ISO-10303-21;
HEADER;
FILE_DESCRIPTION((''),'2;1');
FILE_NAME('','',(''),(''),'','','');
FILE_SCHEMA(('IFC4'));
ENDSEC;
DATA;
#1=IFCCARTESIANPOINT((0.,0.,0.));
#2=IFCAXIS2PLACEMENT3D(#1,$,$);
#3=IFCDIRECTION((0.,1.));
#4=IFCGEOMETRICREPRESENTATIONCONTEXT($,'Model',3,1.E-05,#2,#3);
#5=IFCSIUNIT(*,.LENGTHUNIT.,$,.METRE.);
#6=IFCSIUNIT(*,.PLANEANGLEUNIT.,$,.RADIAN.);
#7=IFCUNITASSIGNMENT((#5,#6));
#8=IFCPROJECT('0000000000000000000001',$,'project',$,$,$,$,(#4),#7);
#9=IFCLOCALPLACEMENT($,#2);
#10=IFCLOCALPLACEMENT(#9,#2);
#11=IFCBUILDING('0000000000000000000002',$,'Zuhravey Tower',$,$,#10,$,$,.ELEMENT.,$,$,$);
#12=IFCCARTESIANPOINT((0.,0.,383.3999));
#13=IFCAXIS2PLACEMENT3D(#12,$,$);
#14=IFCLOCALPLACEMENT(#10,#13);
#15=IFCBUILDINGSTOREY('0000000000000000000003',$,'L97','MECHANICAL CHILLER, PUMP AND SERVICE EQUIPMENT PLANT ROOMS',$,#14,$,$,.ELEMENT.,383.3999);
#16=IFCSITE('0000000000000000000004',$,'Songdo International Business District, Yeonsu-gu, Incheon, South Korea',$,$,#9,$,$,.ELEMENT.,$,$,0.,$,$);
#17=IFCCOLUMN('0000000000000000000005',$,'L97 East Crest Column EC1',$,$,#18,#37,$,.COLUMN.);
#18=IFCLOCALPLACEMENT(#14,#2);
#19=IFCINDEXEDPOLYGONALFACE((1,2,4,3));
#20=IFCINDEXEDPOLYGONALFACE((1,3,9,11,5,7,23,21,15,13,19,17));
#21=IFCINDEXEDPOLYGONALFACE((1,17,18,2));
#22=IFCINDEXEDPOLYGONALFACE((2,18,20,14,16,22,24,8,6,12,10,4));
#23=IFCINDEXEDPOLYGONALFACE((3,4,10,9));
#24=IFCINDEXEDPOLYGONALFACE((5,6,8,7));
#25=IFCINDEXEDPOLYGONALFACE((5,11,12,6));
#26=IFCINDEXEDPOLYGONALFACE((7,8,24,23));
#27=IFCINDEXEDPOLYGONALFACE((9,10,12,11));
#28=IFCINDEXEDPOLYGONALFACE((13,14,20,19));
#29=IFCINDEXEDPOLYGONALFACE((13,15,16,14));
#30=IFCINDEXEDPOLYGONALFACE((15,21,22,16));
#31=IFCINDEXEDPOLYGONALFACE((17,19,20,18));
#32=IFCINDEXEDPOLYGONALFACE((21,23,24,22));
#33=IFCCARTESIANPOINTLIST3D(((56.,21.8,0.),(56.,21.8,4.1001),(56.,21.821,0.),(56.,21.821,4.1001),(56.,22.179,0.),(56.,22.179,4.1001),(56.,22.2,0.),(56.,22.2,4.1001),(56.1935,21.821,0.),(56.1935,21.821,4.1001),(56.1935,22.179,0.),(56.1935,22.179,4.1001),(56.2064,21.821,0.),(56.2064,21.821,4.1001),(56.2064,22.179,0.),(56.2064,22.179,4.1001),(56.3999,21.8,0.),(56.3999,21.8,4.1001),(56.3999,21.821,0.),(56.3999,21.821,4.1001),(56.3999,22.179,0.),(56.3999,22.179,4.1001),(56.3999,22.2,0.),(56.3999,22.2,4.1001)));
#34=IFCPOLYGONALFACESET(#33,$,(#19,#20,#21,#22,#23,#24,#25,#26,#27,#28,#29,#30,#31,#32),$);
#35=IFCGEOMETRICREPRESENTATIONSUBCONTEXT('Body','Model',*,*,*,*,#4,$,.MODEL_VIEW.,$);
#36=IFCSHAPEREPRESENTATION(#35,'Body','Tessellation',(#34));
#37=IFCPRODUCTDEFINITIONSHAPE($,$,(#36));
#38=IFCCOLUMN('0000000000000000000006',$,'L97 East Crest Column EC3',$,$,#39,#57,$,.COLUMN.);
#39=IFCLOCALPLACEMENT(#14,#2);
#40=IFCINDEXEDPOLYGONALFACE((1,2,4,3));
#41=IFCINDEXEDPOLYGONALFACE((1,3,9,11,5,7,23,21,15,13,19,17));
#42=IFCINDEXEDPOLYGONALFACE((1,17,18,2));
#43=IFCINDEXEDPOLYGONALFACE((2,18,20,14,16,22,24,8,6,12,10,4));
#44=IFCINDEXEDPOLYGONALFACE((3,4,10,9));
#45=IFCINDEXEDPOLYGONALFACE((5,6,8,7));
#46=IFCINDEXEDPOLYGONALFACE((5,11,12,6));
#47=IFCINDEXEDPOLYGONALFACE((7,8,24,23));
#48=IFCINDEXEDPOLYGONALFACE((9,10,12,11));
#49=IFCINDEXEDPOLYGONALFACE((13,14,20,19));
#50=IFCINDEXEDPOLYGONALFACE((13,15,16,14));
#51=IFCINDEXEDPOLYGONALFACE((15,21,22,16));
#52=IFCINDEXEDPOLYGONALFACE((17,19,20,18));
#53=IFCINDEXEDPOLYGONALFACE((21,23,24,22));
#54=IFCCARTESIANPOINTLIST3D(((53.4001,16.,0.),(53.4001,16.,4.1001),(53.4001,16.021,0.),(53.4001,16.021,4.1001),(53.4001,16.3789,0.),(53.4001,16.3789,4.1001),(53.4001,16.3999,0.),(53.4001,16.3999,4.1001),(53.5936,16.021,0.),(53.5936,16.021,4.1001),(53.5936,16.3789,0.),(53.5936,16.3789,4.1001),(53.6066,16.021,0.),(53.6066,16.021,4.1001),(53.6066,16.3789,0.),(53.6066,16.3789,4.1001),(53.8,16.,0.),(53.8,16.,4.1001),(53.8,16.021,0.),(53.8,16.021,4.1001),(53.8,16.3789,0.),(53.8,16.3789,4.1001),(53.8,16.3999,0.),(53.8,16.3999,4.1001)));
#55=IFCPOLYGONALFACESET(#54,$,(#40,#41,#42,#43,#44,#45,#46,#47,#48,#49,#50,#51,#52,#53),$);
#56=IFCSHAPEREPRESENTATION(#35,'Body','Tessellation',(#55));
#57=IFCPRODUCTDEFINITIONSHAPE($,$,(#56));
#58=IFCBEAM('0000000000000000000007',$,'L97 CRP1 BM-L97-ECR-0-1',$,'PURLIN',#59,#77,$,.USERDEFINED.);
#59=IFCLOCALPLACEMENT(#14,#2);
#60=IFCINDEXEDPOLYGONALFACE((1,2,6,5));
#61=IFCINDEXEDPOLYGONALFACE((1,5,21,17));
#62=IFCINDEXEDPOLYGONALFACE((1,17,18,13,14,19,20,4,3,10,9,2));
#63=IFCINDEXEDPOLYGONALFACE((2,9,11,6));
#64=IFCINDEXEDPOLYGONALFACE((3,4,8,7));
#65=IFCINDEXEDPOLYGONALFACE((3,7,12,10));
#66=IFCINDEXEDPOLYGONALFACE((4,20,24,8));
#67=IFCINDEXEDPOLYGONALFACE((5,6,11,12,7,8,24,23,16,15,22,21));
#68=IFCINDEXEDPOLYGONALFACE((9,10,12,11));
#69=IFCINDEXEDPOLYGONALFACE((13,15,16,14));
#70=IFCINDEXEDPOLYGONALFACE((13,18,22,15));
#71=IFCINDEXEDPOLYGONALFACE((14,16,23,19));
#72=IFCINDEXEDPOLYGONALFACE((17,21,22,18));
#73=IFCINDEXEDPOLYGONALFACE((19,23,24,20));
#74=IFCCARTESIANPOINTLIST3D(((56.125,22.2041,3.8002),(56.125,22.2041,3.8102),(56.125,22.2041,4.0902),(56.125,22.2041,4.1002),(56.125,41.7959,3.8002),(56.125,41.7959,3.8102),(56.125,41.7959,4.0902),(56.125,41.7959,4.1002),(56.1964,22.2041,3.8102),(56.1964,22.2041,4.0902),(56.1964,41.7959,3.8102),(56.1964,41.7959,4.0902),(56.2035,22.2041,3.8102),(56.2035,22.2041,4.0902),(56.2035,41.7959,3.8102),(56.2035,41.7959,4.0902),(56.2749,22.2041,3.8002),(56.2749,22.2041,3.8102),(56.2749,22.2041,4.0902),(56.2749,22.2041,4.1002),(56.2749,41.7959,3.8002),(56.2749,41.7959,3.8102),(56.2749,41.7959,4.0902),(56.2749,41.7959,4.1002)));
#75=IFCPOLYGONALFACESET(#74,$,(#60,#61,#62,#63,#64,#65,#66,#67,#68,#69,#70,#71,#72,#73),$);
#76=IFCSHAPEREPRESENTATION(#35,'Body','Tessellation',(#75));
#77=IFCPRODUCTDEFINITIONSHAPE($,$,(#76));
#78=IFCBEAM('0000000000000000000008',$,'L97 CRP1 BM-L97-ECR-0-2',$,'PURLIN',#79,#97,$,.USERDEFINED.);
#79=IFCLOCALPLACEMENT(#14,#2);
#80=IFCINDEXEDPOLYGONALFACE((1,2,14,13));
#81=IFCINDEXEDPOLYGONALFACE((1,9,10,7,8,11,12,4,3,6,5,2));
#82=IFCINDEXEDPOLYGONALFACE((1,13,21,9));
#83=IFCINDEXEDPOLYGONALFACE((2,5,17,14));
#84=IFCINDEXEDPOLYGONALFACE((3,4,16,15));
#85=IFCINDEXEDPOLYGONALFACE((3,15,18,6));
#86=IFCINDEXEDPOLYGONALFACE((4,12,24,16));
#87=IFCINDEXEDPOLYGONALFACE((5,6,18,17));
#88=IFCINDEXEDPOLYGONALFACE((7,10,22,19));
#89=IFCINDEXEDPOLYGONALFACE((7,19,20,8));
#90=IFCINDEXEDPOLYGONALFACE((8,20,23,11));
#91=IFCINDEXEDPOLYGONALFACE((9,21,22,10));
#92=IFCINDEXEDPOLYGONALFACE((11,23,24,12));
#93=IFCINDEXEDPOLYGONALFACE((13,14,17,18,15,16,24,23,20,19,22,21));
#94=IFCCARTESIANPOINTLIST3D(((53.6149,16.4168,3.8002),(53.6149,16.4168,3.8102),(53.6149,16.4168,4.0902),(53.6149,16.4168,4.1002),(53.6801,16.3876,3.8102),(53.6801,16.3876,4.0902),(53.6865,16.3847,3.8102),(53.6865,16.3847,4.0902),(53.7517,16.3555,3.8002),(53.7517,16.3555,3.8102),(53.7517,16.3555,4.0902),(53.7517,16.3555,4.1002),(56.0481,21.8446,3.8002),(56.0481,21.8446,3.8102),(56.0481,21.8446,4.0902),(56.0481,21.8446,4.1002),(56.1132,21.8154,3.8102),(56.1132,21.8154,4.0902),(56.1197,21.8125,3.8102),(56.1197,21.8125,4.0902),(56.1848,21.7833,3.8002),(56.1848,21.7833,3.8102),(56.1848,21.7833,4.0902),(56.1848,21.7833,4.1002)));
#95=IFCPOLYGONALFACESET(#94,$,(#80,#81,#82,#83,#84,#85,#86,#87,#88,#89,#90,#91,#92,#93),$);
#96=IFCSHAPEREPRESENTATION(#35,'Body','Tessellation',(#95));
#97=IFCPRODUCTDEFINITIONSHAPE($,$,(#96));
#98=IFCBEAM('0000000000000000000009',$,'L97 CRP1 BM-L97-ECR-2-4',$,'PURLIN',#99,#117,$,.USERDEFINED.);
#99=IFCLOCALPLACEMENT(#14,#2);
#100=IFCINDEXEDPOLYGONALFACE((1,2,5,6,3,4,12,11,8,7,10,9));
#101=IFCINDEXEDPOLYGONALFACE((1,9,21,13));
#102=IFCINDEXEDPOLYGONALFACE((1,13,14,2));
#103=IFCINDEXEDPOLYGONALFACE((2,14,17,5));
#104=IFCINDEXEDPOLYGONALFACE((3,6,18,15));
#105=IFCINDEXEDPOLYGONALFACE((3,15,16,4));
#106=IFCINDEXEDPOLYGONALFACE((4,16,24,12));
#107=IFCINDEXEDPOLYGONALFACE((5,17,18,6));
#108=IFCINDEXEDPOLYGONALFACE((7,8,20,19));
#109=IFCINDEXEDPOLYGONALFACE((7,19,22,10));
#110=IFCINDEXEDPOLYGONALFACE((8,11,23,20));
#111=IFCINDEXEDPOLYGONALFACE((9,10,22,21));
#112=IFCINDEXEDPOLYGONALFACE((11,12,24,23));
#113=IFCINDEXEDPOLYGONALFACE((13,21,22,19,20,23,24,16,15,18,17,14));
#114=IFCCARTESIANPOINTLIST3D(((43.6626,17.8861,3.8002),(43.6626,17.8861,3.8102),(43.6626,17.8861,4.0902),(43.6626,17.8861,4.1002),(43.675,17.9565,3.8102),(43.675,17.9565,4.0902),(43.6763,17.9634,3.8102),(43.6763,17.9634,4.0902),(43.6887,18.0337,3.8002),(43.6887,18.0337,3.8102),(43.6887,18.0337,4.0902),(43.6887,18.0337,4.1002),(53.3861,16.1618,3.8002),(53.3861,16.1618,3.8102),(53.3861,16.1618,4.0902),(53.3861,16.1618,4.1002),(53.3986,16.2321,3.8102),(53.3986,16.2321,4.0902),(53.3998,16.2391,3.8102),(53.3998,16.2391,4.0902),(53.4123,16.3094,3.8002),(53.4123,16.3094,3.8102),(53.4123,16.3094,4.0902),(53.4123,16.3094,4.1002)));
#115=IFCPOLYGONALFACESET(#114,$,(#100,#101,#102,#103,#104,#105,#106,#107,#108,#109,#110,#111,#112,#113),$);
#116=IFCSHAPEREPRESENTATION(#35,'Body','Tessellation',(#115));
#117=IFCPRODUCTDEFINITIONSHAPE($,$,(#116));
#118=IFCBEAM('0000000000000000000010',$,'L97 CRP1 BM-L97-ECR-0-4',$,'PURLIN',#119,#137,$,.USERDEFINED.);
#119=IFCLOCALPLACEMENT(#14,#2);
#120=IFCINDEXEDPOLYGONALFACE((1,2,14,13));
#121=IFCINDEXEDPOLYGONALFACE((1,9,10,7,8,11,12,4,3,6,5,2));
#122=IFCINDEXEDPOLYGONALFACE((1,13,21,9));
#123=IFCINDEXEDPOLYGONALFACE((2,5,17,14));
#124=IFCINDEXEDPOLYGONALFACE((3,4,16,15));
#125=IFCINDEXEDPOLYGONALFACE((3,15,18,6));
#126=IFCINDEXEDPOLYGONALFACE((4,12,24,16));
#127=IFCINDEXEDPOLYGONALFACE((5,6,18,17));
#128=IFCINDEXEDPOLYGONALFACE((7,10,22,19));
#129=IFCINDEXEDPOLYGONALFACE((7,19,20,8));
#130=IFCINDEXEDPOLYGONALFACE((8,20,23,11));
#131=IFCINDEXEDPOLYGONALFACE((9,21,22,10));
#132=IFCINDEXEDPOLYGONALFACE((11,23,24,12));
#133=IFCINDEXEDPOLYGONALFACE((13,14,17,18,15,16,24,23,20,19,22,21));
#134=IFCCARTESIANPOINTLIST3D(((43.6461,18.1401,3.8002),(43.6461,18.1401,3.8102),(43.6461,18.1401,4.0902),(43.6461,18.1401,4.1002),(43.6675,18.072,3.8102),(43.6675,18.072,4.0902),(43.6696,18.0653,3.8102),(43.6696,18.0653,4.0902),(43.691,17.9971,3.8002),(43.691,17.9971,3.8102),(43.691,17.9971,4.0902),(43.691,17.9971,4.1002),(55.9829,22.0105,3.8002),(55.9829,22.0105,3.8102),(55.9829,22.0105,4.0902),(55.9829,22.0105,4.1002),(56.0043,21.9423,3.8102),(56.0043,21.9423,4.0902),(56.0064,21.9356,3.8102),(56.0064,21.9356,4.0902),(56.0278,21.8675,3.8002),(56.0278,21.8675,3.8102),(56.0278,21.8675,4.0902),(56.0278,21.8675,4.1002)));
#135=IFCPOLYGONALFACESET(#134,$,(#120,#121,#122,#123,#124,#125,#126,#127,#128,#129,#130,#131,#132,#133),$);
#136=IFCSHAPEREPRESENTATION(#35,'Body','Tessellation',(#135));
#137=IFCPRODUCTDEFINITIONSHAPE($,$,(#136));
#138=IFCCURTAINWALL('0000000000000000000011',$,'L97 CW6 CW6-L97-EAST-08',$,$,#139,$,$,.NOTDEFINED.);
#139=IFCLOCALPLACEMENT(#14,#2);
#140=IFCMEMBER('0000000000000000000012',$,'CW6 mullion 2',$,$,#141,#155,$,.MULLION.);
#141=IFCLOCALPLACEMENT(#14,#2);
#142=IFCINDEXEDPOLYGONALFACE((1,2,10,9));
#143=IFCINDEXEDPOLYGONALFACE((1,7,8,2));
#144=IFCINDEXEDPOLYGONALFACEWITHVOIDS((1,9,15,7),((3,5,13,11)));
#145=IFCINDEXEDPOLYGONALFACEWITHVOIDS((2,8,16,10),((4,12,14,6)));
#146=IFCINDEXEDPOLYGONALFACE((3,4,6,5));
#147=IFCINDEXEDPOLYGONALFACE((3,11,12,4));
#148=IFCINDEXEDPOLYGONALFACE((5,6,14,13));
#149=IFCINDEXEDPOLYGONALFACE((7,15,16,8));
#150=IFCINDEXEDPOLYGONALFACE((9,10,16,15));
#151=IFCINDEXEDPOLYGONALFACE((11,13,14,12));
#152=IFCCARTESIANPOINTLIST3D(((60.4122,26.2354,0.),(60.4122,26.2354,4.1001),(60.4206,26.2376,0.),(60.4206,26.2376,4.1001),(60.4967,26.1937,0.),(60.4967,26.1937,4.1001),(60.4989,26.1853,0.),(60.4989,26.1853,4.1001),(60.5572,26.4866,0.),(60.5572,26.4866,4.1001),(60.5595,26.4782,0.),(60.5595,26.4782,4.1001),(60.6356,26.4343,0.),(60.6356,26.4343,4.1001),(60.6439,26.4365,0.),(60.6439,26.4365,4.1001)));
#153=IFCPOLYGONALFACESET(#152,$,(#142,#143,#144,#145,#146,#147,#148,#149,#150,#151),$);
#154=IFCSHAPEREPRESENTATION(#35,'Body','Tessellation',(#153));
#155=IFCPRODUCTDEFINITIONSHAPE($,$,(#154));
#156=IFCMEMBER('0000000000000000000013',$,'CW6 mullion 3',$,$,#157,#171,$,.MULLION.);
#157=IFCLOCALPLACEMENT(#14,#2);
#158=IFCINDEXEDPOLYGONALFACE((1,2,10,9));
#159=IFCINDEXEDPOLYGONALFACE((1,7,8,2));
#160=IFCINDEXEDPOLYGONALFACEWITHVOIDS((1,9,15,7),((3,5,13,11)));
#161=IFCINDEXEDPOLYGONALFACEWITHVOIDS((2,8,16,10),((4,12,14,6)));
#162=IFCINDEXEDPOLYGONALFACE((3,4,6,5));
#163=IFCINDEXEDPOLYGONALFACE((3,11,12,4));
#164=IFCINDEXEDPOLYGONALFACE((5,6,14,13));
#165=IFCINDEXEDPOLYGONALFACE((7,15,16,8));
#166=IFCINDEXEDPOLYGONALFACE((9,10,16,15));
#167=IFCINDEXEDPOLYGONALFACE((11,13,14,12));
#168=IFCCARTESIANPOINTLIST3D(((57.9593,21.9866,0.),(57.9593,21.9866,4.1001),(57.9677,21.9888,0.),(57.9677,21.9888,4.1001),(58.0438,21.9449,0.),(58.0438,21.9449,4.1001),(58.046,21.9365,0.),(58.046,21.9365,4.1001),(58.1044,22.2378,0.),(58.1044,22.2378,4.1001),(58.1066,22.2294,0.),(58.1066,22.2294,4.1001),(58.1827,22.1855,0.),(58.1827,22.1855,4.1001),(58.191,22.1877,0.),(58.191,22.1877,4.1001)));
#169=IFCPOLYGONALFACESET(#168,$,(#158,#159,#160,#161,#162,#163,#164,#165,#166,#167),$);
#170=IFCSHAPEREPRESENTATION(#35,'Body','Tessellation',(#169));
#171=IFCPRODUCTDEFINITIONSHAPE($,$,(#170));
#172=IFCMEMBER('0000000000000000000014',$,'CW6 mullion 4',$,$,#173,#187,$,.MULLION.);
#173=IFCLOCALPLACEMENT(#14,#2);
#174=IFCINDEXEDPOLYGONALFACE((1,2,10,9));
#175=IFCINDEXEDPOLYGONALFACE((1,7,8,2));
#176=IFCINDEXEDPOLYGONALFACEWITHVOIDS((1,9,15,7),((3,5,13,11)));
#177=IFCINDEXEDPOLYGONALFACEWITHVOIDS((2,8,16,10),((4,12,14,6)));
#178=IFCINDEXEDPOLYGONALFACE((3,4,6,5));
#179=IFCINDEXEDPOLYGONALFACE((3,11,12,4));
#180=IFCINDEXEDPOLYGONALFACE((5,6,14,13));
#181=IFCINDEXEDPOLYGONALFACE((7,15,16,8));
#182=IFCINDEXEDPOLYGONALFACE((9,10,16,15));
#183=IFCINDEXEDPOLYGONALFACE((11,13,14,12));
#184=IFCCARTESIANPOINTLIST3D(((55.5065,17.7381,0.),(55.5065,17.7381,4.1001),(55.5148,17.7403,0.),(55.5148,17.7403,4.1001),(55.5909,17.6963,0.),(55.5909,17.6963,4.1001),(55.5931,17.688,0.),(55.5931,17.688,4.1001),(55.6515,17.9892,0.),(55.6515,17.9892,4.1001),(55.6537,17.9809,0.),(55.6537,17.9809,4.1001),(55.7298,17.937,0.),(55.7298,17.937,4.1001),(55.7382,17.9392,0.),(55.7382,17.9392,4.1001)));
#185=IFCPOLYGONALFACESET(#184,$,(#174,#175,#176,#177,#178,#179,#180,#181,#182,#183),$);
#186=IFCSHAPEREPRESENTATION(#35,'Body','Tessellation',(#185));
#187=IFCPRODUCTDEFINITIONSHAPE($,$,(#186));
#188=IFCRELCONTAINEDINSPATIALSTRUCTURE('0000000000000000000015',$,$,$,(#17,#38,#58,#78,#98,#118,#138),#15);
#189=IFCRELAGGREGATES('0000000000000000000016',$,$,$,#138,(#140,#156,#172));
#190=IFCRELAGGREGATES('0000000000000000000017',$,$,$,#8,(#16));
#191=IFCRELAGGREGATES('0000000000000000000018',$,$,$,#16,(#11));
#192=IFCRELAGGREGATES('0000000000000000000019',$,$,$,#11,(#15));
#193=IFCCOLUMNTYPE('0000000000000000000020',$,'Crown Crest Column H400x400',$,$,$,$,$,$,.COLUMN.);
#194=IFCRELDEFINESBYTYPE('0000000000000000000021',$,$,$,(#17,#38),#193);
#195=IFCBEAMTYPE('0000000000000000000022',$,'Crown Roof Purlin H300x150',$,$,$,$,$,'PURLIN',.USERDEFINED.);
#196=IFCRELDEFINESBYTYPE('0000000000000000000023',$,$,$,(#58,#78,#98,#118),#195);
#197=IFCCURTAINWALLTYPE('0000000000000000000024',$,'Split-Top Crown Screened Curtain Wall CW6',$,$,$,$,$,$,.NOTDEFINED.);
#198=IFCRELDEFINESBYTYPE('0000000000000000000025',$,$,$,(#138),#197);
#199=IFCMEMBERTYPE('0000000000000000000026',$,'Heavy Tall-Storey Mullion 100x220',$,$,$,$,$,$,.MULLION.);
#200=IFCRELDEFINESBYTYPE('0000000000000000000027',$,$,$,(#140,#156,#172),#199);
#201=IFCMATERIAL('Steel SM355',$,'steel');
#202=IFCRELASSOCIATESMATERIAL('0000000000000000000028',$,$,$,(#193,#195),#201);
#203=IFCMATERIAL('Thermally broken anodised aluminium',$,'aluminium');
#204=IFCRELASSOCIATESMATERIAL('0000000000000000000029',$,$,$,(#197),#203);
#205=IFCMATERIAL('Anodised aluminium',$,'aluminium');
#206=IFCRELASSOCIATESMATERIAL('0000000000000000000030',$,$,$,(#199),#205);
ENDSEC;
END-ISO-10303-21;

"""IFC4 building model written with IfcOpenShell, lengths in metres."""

from ifc_helpers import new_model, si_unit, direction, frame, origin, origin_2d, place, context, subcontext, project, spatial, hollow_rectangle, i_section, extrude, material, material_profile, profile_set, type_object, element, aggregate, save


model = new_model("IFC4")

# Units and contexts
model_context = context("Model", 3, precision=1e-05, world=origin(), true_north=direction((0.0, 1.0)))
body_context = subcontext(model_context, "Body", "Model", "MODEL_VIEW")
ifc_project = project(units=[si_unit("LENGTHUNIT", "METRE"), si_unit("PLANEANGLEUNIT", "RADIAN")], contexts=[model_context])

# Site, building, storey
site_placement = place(None, origin())
site = spatial("IfcSite", under=ifc_project, at=site_placement, Name="Songdo International Business District, Yeonsu-gu, Incheon, South Korea", CompositionType="ELEMENT", RefElevation=0.0)
building_placement = place(site_placement, origin())
building = spatial("IfcBuilding", under=site, at=building_placement, Name="Zuhravey Tower", CompositionType="ELEMENT")
storey_placement = place(building_placement, frame((0.0, 0.0, 383.3999)))
storey = spatial("IfcBuildingStorey", under=building, at=storey_placement, Name="L97", Description="MECHANICAL CHILLER, PUMP AND SERVICE EQUIPMENT PLANT ROOMS", CompositionType="ELEMENT", Elevation=383.3999)

# Columns
ifc_material_1 = material(Name="Steel SM355", Category="steel")
ifc_material_profile_1 = material_profile(ifc_material_1, i_section(OverallWidth=0.3999, OverallDepth=0.3999, WebThickness=0.0129, FlangeThickness=0.021, at=origin_2d()), Name="H-400x400x13x21")
ifc_profile_set_1 = profile_set([ifc_material_profile_1], Name="Steel SM355")
column_type = type_object("IfcColumnType", Name="Crown Crest Column H400x400", PredefinedType="COLUMN", material=ifc_profile_set_1)
for number, where, z_axis, x_axis, name in (
    (1, (56.2, 22.0, 0.0), (0.0, 0.0, 1.0), (1.0, 0.0, 0.0), "L97 East Crest Column EC1"),
    (2, (53.6001, 16.2, 0.0), (0.0, 0.0, 1.0), (1.0, 0.0, 0.0), "L97 East Crest Column EC3"),
):
    element("IfcColumn", number, at=place(storey_placement, frame(where, z_axis=z_axis, x_axis=x_axis)), inside=storey, type_object=column_type, Name=name, PredefinedType="COLUMN", context=body_context, shape_type="SweptSolid", body=[
        extrude(i_section(OverallWidth=0.3999, OverallDepth=0.3999, WebThickness=0.0129, FlangeThickness=0.021, at=origin_2d()), origin(), (0.0, 0.0, 1.0), 4.1001),
    ])

# Beams
ifc_material_profile_2 = material_profile(ifc_material_1, i_section(OverallWidth=0.1499, OverallDepth=0.3, WebThickness=0.0071, FlangeThickness=0.01, at=origin_2d()), Name="H-300x150x7x10")
ifc_profile_set_2 = profile_set([ifc_material_profile_2], Name="Steel SM355")
beam_type = type_object("IfcBeamType", Name="Crown Roof Purlin H300x150", ElementType="PURLIN", PredefinedType="USERDEFINED", material=ifc_profile_set_2)
beam_1_placement = place(storey_placement, frame((56.2, 22.2041, 3.9502), z_axis=(0.0, 1.0, 0.0), x_axis=(-1.0, 0.0, 0.0)))
element("IfcBeam", 3, at=beam_1_placement, inside=storey, type_object=beam_type, Name="L97 CRP1 BM-L97-ECR-0-1", ObjectType="PURLIN", PredefinedType="USERDEFINED", context=body_context, shape_type="SweptSolid", body=[
    extrude(i_section(OverallWidth=0.1499, OverallDepth=0.3, WebThickness=0.0071, FlangeThickness=0.01, at=origin_2d()), origin(), (0.0, 0.0, 1.0), 19.5918),
])
beam_2_placement = place(storey_placement, frame((56.1165, 21.814, 3.9502), z_axis=(-0.409054, -0.91251, 0.0), x_axis=(0.91251, -0.409054, 0.0)))
element("IfcBeam", 4, at=beam_2_placement, inside=storey, type_object=beam_type, Name="L97 CRP1 BM-L97-ECR-0-2", ObjectType="PURLIN", PredefinedType="USERDEFINED", context=body_context, shape_type="SweptSolid", body=[
    extrude(i_section(OverallWidth=0.1499, OverallDepth=0.3, WebThickness=0.0071, FlangeThickness=0.01, at=origin_2d()), origin(), (0.0, 0.0, 1.0), 5.9482),
])
beam_3_placement = place(storey_placement, frame((53.3992, 16.2356, 3.9502), z_axis=(-0.984637, 0.174613, 0.0), x_axis=(-0.174613, -0.984637, 0.0)))
element("IfcBeam", 5, at=beam_3_placement, inside=storey, type_object=beam_type, Name="L97 CRP1 BM-L97-ECR-2-4", ObjectType="PURLIN", PredefinedType="USERDEFINED", context=body_context, shape_type="SweptSolid", body=[
    extrude(i_section(OverallWidth=0.1499, OverallDepth=0.3, WebThickness=0.0071, FlangeThickness=0.01, at=origin_2d()), origin(), (0.0, 0.0, 1.0), 9.8752),
])
beam_4_placement = place(storey_placement, frame((56.0054, 21.939, 3.9502), z_axis=(-0.954147, -0.299337, 0.0), x_axis=(0.299337, -0.954147, 0.0)))
element("IfcBeam", 6, at=beam_4_placement, inside=storey, type_object=beam_type, Name="L97 CRP1 BM-L97-ECR-0-4", ObjectType="PURLIN", PredefinedType="USERDEFINED", context=body_context, shape_type="SweptSolid", body=[
    extrude(i_section(OverallWidth=0.1499, OverallDepth=0.3, WebThickness=0.0071, FlangeThickness=0.01, at=origin_2d()), origin(), (0.0, 0.0, 1.0), 12.9297),
])

# Curtain wall, members
ifc_material_2 = material(Name="Thermally broken anodised aluminium", Category="aluminium")
curtain_wall_type = type_object("IfcCurtainWallType", Name="Split-Top Crown Screened Curtain Wall CW6", PredefinedType="NOTDEFINED", material=ifc_material_2)
curtain_wall_placement = place(storey_placement, origin())
curtain_wall = element("IfcCurtainWall", 7, at=curtain_wall_placement, inside=storey, type_object=curtain_wall_type, Name="L97 CW6 CW6-L97-EAST-08", PredefinedType="NOTDEFINED")
ifc_material_3 = material(Name="Anodised aluminium", Category="aluminium")
ifc_material_profile_3 = material_profile(ifc_material_3, hollow_rectangle(XDim=0.1001, YDim=0.29, WallThickness=0.0061, at=origin_2d()), Name="ALU-RHS-100x290x6")
ifc_profile_set_3 = profile_set([ifc_material_profile_3], Name="Anodised aluminium")
member_type_1 = type_object("IfcMemberType", Name="Heavy Tall-Storey Mullion 100x220", PredefinedType="MULLION", material=ifc_profile_set_3)
member_1_placement = place(storey_placement, frame((60.5281, 26.3359, 0.0), z_axis=(0.0, 0.0, 1.0), x_axis=(0.866027, -0.499997, 0.0)))
member_1 = element("IfcMember", 8, at=member_1_placement, type_object=member_type_1, Name="CW6 mullion 2", PredefinedType="MULLION", context=body_context, shape_type="SweptSolid", body=[
    extrude(hollow_rectangle(XDim=0.1001, YDim=0.29, WallThickness=0.0061, at=origin_2d()), origin(), (0.0, 0.0, 1.0), 4.1001),
])
member_2_placement = place(storey_placement, frame((58.0752, 22.0872, 0.0), z_axis=(0.0, 0.0, 1.0), x_axis=(0.866027, -0.499997, 0.0)))
member_2 = element("IfcMember", 9, at=member_2_placement, type_object=member_type_1, Name="CW6 mullion 3", PredefinedType="MULLION", context=body_context, shape_type="SweptSolid", body=[
    extrude(hollow_rectangle(XDim=0.1001, YDim=0.29, WallThickness=0.0061, at=origin_2d()), origin(), (0.0, 0.0, 1.0), 4.1001),
])
member_3_placement = place(storey_placement, frame((55.6223, 17.8386, 0.0), z_axis=(0.0, 0.0, 1.0), x_axis=(0.866027, -0.499997, 0.0)))
member_3 = element("IfcMember", 10, at=member_3_placement, type_object=member_type_1, Name="CW6 mullion 4", PredefinedType="MULLION", context=body_context, shape_type="SweptSolid", body=[
    extrude(hollow_rectangle(XDim=0.1001, YDim=0.29, WallThickness=0.0061, at=origin_2d()), origin(), (0.0, 0.0, 1.0), 4.1001),
])
aggregate(curtain_wall, [member_1, member_2, member_3])

save(model, "model.ifc")
